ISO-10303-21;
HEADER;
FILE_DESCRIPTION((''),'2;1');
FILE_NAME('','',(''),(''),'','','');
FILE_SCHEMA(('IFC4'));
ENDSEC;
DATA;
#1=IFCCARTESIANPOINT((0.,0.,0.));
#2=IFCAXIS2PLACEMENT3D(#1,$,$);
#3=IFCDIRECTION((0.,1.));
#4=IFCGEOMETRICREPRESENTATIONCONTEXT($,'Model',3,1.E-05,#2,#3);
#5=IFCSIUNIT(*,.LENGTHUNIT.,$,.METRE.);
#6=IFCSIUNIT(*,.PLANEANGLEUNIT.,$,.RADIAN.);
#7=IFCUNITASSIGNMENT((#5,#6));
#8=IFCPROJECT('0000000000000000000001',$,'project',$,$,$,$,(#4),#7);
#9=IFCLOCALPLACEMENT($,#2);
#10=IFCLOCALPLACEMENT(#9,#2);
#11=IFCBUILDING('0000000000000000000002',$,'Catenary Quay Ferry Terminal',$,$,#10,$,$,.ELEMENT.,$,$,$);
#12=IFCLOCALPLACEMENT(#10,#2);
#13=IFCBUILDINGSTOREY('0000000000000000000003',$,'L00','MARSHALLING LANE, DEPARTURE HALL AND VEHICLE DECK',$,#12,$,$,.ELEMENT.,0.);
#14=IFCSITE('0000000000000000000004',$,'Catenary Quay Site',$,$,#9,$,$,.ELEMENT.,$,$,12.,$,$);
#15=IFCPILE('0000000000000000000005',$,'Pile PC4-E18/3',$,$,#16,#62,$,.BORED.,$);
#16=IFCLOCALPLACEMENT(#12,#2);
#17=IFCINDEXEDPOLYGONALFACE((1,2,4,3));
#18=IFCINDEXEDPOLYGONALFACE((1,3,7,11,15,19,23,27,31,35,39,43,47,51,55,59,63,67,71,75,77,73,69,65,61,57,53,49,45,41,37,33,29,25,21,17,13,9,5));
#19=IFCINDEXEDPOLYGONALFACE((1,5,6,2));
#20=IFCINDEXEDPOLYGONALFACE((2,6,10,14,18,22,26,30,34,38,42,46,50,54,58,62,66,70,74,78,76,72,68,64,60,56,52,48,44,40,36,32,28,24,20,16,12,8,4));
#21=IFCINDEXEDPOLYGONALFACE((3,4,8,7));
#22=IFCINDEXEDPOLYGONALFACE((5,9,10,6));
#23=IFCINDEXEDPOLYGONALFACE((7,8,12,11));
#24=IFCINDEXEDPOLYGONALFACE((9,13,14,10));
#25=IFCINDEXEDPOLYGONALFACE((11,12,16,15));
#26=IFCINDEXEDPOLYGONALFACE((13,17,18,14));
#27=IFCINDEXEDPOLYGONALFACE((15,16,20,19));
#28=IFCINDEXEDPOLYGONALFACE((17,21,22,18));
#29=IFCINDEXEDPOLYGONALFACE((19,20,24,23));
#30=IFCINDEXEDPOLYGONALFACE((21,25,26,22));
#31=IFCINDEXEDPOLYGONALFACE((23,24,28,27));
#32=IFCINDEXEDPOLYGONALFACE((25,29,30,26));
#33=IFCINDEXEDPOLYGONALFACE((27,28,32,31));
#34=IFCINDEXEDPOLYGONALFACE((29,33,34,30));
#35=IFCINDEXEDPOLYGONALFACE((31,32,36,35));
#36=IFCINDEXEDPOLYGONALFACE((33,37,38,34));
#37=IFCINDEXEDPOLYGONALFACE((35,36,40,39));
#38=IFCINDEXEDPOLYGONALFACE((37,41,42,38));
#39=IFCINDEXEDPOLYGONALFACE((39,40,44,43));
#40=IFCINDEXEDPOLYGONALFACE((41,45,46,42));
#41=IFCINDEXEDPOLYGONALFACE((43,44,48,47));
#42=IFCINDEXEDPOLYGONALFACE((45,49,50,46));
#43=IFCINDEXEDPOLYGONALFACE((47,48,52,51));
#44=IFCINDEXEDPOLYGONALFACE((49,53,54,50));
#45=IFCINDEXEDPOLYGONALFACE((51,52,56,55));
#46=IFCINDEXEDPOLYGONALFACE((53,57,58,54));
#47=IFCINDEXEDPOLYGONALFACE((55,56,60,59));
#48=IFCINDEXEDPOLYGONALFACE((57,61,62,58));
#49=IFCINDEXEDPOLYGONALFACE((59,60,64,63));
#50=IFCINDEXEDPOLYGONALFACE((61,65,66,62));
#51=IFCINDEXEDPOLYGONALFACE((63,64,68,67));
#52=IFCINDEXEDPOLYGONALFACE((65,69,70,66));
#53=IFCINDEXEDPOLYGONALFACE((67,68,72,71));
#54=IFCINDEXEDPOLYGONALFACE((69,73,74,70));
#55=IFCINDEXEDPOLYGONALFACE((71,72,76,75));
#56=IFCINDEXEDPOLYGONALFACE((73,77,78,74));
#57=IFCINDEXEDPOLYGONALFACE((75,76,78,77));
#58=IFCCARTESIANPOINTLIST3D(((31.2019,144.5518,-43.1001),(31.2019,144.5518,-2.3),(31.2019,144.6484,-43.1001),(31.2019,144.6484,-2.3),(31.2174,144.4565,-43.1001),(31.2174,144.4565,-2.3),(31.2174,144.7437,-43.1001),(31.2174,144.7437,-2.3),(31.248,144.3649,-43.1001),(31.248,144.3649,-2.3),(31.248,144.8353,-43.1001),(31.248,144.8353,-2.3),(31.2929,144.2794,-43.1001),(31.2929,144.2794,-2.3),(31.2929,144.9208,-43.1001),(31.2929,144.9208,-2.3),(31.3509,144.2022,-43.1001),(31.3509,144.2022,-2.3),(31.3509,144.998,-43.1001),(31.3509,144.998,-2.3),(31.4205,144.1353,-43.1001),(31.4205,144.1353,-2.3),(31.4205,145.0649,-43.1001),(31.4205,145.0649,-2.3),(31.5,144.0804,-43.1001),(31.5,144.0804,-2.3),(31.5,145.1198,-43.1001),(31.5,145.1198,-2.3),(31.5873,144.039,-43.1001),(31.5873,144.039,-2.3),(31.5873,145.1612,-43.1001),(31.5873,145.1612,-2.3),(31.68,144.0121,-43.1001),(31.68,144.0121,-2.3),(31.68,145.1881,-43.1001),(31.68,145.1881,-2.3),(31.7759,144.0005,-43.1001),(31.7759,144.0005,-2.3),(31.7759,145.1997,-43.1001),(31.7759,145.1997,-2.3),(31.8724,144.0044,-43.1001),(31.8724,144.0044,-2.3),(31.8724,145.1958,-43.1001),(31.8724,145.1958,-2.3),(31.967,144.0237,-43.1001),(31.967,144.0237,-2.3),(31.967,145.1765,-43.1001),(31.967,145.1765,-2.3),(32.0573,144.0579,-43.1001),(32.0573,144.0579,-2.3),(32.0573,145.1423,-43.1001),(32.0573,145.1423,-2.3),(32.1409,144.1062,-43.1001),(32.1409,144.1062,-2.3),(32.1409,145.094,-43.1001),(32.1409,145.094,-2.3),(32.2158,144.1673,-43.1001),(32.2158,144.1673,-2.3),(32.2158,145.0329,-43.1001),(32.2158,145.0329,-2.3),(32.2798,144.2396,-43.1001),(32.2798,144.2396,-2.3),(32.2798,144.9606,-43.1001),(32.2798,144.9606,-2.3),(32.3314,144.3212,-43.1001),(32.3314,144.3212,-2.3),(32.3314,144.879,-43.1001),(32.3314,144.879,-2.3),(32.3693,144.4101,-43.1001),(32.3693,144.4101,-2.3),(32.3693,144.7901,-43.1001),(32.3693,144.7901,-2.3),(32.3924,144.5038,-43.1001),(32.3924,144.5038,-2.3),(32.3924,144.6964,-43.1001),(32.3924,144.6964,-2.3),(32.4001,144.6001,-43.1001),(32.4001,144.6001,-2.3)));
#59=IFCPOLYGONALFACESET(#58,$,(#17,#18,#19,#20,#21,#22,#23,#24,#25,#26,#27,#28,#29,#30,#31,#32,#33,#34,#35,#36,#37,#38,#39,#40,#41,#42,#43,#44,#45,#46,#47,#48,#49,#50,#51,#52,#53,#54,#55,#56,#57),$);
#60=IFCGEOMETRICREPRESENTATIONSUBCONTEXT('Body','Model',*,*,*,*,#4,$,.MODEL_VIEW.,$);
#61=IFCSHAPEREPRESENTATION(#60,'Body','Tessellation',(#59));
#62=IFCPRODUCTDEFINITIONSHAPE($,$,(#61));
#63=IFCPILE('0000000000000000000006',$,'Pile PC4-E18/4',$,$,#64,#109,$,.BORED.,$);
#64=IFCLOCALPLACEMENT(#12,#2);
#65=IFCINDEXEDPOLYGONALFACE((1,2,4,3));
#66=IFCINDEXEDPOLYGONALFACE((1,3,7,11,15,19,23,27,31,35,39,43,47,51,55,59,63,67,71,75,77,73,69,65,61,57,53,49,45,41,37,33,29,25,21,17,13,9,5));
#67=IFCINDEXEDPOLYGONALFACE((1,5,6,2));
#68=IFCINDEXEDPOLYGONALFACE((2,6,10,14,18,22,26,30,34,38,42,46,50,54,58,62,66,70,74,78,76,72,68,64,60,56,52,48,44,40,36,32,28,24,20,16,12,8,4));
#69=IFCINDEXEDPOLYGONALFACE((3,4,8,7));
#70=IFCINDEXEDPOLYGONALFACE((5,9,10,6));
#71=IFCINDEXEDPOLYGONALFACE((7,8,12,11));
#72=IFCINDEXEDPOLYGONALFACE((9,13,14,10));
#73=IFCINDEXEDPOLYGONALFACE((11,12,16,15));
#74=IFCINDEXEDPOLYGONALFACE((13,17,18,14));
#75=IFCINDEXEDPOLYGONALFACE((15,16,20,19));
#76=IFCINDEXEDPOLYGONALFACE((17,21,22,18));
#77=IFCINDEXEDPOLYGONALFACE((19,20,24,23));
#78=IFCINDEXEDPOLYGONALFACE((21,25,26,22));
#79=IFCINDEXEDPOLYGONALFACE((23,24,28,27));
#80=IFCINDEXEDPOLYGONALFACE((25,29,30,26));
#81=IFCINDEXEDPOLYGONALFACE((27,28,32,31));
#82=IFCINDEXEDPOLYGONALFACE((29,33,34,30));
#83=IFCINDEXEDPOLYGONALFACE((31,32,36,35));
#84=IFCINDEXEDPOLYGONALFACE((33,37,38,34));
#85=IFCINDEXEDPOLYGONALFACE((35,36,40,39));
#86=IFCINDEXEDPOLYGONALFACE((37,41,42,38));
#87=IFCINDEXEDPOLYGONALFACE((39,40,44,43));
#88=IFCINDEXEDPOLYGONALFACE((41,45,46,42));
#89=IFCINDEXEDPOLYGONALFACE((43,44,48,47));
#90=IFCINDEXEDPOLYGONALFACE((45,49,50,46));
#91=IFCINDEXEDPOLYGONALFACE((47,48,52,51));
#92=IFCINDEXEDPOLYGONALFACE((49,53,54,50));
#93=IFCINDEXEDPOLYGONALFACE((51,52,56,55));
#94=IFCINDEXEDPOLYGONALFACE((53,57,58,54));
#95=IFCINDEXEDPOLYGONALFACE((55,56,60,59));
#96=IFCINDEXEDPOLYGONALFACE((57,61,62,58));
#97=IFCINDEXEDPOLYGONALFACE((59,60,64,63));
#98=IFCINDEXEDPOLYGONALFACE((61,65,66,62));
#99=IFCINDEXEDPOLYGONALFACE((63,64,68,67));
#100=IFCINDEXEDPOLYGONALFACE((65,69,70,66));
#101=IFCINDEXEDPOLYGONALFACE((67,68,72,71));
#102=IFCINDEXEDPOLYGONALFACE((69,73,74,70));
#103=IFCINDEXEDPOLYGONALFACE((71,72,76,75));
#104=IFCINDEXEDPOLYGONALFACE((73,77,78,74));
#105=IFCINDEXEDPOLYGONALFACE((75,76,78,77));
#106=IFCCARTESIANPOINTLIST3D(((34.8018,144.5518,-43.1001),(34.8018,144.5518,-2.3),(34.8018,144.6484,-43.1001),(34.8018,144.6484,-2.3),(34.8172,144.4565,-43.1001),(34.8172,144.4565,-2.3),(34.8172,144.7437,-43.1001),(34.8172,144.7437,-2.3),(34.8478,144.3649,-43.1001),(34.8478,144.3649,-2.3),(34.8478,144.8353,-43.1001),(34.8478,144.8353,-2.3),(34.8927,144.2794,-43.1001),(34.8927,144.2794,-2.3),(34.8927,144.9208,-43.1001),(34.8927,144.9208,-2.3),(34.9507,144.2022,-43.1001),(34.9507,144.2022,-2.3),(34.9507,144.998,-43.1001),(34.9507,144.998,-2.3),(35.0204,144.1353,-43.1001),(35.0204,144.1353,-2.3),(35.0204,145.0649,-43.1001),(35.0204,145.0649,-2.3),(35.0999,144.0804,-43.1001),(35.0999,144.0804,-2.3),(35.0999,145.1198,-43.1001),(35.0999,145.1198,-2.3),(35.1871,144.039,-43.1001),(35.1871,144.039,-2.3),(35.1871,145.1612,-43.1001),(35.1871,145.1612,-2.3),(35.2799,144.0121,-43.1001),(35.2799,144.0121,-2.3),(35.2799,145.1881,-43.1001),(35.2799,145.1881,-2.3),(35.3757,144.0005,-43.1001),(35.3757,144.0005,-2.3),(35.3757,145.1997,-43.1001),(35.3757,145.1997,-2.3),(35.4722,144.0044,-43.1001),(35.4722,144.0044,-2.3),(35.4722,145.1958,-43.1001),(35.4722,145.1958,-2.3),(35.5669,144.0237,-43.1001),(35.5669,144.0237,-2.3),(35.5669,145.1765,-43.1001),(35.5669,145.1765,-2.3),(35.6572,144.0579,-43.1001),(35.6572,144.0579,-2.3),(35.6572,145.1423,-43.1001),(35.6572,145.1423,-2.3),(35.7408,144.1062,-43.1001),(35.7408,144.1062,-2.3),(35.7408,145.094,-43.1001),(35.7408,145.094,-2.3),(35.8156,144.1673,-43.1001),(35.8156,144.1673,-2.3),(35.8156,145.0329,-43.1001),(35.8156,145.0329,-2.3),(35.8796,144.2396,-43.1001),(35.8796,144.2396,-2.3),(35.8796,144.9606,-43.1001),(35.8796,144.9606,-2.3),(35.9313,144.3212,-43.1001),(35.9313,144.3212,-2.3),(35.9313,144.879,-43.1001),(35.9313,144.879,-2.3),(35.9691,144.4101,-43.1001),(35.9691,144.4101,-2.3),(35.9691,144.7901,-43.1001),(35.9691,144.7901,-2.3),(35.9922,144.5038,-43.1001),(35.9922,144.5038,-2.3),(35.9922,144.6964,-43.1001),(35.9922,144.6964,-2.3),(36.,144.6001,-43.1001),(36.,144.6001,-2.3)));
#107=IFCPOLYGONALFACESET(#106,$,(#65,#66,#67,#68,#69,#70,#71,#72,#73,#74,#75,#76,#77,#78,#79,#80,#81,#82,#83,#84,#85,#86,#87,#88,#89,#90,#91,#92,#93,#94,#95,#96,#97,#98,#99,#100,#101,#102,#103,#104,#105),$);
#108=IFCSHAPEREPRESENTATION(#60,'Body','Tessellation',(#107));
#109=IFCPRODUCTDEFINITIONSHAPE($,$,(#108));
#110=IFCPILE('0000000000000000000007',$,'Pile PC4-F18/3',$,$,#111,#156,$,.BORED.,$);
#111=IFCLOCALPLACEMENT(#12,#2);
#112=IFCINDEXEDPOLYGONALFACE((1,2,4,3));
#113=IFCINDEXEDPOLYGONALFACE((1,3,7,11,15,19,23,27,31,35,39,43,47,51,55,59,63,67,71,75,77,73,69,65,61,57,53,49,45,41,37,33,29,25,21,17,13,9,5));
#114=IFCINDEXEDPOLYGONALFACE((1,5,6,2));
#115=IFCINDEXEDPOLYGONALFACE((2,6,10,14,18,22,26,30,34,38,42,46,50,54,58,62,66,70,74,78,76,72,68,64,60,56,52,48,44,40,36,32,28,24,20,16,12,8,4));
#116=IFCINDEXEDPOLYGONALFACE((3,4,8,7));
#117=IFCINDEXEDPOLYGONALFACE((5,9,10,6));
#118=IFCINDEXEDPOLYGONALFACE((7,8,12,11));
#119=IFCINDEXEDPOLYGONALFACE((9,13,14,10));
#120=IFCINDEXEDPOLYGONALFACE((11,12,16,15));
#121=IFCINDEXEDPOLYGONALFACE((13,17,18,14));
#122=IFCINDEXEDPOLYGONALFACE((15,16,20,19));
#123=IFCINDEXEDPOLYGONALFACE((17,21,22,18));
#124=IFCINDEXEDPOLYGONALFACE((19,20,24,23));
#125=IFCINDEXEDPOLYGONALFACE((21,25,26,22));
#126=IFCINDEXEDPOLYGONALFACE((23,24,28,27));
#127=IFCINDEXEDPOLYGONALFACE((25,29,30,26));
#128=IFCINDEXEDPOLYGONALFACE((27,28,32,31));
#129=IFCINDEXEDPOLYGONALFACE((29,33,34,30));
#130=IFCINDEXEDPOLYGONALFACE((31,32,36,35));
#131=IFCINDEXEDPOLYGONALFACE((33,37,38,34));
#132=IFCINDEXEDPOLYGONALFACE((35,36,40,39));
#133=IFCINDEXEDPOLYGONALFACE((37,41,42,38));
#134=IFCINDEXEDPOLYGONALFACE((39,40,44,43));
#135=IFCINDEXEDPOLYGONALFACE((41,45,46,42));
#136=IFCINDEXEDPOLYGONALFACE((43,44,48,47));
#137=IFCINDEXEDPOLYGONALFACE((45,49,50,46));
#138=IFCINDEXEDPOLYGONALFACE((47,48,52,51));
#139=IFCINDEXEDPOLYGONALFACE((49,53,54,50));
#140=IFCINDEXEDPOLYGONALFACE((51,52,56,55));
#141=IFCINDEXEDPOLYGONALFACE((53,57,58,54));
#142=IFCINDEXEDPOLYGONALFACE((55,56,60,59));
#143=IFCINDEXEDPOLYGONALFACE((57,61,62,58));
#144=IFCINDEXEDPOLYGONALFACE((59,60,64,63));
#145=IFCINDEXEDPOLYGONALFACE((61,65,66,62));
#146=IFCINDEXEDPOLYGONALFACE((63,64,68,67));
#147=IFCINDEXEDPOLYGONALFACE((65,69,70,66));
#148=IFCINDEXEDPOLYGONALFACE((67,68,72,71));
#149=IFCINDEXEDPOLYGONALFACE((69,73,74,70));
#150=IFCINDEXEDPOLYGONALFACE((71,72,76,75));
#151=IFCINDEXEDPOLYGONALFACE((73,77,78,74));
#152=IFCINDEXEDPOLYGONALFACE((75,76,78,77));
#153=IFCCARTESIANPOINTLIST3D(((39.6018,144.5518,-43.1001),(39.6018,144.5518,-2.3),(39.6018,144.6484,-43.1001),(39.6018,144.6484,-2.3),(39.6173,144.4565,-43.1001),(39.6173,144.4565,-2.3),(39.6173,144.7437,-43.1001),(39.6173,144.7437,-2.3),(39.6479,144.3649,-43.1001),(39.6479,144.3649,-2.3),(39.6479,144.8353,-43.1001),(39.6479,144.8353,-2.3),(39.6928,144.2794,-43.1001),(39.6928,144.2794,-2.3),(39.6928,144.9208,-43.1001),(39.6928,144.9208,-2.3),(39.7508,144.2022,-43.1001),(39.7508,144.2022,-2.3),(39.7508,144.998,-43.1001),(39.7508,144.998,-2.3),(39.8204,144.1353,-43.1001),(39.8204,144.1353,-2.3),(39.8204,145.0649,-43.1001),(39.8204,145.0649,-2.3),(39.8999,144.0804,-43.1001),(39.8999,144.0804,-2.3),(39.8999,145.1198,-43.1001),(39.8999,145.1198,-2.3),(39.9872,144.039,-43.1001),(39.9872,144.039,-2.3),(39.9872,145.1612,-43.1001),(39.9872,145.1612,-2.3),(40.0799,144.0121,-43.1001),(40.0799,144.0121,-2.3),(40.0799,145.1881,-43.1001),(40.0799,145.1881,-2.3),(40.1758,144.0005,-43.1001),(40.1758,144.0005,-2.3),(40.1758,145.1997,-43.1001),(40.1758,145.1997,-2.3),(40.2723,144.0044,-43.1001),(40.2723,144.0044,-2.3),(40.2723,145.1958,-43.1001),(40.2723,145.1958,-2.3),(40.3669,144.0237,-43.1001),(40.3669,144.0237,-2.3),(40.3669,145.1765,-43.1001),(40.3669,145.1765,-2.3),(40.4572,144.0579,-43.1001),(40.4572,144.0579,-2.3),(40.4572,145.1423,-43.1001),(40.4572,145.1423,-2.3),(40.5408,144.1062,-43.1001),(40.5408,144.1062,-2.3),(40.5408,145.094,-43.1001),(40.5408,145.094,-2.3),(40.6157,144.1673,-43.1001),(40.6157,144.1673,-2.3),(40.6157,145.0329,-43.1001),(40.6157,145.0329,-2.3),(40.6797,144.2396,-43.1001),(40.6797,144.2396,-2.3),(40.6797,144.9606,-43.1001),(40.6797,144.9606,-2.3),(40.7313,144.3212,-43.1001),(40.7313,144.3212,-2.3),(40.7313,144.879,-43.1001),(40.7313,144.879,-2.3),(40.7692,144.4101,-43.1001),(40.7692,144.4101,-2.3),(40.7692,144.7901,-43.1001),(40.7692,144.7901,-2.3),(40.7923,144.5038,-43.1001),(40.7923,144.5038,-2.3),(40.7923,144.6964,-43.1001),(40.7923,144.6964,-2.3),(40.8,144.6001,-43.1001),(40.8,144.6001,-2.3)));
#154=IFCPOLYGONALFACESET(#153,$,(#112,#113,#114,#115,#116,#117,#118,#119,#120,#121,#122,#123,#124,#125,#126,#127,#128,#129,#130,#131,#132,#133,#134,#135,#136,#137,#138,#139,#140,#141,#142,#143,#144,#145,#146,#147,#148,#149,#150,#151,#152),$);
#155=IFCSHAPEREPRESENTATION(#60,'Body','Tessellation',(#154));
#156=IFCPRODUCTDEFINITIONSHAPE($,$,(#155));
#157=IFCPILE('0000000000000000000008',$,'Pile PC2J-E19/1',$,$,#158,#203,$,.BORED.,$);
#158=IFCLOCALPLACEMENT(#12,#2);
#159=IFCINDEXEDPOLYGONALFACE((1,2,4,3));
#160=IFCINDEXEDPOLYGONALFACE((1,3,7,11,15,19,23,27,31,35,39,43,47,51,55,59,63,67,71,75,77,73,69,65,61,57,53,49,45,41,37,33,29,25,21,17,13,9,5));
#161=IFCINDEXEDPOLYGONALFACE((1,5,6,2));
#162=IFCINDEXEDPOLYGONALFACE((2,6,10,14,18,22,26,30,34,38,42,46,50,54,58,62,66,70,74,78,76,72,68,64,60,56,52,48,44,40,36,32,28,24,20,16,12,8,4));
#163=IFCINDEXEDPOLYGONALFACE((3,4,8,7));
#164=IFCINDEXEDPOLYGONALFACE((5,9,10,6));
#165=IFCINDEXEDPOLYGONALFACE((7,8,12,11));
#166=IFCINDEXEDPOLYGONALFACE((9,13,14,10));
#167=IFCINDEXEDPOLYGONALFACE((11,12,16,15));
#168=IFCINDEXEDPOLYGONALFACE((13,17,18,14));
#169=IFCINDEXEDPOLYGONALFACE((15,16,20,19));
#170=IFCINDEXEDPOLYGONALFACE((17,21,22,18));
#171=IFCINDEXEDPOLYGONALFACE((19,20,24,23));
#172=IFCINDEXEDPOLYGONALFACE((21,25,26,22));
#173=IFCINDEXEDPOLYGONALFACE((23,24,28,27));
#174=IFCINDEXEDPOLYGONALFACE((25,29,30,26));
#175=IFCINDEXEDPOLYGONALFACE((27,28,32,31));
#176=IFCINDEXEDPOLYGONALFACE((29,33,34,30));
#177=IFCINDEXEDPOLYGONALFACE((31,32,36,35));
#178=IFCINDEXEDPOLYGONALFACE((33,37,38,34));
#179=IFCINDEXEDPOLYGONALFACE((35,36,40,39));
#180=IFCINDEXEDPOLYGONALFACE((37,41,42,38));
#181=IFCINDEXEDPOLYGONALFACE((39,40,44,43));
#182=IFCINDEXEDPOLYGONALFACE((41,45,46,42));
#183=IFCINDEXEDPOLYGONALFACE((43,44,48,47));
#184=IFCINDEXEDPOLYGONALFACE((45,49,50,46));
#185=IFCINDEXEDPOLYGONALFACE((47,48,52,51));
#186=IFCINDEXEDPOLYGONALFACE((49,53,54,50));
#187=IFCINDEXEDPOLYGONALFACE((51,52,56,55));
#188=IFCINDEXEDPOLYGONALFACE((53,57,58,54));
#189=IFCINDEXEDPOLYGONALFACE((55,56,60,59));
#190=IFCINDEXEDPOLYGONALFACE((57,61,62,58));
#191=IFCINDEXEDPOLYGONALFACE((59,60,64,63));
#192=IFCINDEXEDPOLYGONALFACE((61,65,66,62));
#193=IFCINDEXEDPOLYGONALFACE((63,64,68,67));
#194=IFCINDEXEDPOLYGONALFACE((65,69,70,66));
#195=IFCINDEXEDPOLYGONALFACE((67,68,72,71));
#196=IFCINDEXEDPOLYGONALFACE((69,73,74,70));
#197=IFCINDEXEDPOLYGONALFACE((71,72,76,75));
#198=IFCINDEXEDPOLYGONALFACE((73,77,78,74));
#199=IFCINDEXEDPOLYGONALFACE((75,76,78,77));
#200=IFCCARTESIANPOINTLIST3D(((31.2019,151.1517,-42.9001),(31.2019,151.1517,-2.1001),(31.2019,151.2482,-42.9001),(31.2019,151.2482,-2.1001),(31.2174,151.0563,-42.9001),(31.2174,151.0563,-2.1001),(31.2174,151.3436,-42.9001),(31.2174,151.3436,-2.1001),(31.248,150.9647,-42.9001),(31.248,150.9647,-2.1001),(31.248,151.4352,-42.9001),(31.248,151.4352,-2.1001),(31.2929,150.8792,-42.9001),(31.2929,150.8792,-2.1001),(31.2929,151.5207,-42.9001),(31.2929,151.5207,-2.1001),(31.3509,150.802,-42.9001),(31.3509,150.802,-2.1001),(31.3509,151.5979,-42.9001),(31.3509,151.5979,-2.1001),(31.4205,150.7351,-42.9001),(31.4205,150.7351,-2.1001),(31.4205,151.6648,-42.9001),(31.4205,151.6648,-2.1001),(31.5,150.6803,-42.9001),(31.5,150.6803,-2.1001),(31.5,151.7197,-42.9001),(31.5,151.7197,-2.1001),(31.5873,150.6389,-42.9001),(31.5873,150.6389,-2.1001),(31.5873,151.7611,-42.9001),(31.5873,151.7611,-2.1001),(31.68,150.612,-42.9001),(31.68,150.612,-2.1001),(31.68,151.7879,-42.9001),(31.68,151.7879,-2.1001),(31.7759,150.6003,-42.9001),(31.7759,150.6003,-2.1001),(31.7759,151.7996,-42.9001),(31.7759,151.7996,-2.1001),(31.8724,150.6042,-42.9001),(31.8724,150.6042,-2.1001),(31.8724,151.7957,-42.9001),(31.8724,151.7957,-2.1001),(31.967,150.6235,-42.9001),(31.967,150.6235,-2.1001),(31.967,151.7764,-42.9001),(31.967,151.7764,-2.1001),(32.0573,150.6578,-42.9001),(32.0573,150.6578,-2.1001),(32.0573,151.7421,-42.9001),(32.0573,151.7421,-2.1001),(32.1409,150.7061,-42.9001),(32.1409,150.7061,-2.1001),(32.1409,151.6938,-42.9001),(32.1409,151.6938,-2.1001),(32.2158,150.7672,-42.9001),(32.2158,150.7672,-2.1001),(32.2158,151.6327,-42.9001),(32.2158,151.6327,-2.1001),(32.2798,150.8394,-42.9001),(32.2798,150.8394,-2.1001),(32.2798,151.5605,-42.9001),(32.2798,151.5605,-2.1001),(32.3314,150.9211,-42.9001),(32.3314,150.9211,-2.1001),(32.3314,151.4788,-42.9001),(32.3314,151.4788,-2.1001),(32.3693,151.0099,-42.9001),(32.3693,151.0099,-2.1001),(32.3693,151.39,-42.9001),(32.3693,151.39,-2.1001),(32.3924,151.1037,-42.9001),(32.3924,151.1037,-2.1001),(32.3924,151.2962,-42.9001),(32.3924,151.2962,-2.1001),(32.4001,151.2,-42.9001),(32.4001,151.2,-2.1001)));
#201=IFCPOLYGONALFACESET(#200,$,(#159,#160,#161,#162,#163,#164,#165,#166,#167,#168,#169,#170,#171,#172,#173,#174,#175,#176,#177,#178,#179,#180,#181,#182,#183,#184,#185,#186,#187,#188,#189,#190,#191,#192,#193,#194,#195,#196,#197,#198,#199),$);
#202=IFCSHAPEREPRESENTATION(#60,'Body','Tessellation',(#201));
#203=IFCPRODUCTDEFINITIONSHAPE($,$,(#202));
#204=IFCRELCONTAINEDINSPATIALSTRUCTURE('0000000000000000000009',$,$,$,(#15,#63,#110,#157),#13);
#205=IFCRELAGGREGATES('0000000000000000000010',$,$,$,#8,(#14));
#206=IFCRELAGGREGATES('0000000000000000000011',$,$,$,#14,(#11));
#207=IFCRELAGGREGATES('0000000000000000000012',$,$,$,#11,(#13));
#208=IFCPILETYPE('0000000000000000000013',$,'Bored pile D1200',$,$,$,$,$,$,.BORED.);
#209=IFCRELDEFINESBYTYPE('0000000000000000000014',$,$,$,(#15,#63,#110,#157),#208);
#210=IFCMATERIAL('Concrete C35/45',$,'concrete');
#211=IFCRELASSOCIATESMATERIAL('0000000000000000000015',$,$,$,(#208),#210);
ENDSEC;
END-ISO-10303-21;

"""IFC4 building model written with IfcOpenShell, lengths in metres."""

from ifc_helpers import new_model, si_unit, direction, frame, origin, origin_2d, place, context, subcontext, project, spatial, circle, extrude, material, material_profile, profile_set, type_object, element, save


model = new_model("IFC4")

# Units and contexts
model_context = context("Model", 3, precision=1e-05, world=origin(), true_north=direction((0.0, 1.0)))
body_context = subcontext(model_context, "Body", "Model", "MODEL_VIEW")
ifc_project = project(units=[si_unit("LENGTHUNIT", "METRE"), si_unit("PLANEANGLEUNIT", "RADIAN")], contexts=[model_context])

# Site, building, storey
site_placement = place(None, origin())
site = spatial("IfcSite", under=ifc_project, at=site_placement, Name="Catenary Quay Site", CompositionType="ELEMENT", RefElevation=12.0)
building_placement = place(site_placement, origin())
building = spatial("IfcBuilding", under=site, at=building_placement, Name="Catenary Quay Ferry Terminal", CompositionType="ELEMENT")
storey_placement = place(building_placement, origin())
storey = spatial("IfcBuildingStorey", under=building, at=storey_placement, Name="L00", Description="MARSHALLING LANE, DEPARTURE HALL AND VEHICLE DECK", CompositionType="ELEMENT", Elevation=0.0)

# Piles
ifc_material_1 = material(Name="Concrete C35/45", Category="concrete")
ifc_material_profile = material_profile(ifc_material_1, circle(Radius=0.6001, at=origin_2d()), Name="D1200")
ifc_profile_set = profile_set([ifc_material_profile], Name="Concrete C35/45")
pile_type = type_object("IfcPileType", Name="Bored pile D1200", PredefinedType="BORED", material=ifc_profile_set)
for number, where, z_axis, x_axis, name in (
    (1, (31.8, 144.6001, -2.3), (0.0, 0.0, -1.0), (1.0, 0.0, 0.0), "Pile PC4-E18/3"),
    (2, (35.3999, 144.6001, -2.3), (0.0, 0.0, -1.0), (1.0, 0.0, 0.0), "Pile PC4-E18/4"),
    (3, (40.2, 144.6001, -2.3), (0.0, 0.0, -1.0), (1.0, 0.0, 0.0), "Pile PC4-F18/3"),
    (4, (31.8, 151.2, -2.1001), (0.0, 0.0, -1.0), (1.0, 0.0, 0.0), "Pile PC2J-E19/1"),
):
    element("IfcPile", number, at=place(storey_placement, frame(where, z_axis=z_axis, x_axis=x_axis)), inside=storey, type_object=pile_type, Name=name, PredefinedType="BORED", context=body_context, shape_type="SweptSolid", body=[
        extrude(circle(Radius=0.6001, at=origin_2d()), origin(), (0.0, 0.0, 1.0), 40.8),
    ])

save(model, "model.ifc")
